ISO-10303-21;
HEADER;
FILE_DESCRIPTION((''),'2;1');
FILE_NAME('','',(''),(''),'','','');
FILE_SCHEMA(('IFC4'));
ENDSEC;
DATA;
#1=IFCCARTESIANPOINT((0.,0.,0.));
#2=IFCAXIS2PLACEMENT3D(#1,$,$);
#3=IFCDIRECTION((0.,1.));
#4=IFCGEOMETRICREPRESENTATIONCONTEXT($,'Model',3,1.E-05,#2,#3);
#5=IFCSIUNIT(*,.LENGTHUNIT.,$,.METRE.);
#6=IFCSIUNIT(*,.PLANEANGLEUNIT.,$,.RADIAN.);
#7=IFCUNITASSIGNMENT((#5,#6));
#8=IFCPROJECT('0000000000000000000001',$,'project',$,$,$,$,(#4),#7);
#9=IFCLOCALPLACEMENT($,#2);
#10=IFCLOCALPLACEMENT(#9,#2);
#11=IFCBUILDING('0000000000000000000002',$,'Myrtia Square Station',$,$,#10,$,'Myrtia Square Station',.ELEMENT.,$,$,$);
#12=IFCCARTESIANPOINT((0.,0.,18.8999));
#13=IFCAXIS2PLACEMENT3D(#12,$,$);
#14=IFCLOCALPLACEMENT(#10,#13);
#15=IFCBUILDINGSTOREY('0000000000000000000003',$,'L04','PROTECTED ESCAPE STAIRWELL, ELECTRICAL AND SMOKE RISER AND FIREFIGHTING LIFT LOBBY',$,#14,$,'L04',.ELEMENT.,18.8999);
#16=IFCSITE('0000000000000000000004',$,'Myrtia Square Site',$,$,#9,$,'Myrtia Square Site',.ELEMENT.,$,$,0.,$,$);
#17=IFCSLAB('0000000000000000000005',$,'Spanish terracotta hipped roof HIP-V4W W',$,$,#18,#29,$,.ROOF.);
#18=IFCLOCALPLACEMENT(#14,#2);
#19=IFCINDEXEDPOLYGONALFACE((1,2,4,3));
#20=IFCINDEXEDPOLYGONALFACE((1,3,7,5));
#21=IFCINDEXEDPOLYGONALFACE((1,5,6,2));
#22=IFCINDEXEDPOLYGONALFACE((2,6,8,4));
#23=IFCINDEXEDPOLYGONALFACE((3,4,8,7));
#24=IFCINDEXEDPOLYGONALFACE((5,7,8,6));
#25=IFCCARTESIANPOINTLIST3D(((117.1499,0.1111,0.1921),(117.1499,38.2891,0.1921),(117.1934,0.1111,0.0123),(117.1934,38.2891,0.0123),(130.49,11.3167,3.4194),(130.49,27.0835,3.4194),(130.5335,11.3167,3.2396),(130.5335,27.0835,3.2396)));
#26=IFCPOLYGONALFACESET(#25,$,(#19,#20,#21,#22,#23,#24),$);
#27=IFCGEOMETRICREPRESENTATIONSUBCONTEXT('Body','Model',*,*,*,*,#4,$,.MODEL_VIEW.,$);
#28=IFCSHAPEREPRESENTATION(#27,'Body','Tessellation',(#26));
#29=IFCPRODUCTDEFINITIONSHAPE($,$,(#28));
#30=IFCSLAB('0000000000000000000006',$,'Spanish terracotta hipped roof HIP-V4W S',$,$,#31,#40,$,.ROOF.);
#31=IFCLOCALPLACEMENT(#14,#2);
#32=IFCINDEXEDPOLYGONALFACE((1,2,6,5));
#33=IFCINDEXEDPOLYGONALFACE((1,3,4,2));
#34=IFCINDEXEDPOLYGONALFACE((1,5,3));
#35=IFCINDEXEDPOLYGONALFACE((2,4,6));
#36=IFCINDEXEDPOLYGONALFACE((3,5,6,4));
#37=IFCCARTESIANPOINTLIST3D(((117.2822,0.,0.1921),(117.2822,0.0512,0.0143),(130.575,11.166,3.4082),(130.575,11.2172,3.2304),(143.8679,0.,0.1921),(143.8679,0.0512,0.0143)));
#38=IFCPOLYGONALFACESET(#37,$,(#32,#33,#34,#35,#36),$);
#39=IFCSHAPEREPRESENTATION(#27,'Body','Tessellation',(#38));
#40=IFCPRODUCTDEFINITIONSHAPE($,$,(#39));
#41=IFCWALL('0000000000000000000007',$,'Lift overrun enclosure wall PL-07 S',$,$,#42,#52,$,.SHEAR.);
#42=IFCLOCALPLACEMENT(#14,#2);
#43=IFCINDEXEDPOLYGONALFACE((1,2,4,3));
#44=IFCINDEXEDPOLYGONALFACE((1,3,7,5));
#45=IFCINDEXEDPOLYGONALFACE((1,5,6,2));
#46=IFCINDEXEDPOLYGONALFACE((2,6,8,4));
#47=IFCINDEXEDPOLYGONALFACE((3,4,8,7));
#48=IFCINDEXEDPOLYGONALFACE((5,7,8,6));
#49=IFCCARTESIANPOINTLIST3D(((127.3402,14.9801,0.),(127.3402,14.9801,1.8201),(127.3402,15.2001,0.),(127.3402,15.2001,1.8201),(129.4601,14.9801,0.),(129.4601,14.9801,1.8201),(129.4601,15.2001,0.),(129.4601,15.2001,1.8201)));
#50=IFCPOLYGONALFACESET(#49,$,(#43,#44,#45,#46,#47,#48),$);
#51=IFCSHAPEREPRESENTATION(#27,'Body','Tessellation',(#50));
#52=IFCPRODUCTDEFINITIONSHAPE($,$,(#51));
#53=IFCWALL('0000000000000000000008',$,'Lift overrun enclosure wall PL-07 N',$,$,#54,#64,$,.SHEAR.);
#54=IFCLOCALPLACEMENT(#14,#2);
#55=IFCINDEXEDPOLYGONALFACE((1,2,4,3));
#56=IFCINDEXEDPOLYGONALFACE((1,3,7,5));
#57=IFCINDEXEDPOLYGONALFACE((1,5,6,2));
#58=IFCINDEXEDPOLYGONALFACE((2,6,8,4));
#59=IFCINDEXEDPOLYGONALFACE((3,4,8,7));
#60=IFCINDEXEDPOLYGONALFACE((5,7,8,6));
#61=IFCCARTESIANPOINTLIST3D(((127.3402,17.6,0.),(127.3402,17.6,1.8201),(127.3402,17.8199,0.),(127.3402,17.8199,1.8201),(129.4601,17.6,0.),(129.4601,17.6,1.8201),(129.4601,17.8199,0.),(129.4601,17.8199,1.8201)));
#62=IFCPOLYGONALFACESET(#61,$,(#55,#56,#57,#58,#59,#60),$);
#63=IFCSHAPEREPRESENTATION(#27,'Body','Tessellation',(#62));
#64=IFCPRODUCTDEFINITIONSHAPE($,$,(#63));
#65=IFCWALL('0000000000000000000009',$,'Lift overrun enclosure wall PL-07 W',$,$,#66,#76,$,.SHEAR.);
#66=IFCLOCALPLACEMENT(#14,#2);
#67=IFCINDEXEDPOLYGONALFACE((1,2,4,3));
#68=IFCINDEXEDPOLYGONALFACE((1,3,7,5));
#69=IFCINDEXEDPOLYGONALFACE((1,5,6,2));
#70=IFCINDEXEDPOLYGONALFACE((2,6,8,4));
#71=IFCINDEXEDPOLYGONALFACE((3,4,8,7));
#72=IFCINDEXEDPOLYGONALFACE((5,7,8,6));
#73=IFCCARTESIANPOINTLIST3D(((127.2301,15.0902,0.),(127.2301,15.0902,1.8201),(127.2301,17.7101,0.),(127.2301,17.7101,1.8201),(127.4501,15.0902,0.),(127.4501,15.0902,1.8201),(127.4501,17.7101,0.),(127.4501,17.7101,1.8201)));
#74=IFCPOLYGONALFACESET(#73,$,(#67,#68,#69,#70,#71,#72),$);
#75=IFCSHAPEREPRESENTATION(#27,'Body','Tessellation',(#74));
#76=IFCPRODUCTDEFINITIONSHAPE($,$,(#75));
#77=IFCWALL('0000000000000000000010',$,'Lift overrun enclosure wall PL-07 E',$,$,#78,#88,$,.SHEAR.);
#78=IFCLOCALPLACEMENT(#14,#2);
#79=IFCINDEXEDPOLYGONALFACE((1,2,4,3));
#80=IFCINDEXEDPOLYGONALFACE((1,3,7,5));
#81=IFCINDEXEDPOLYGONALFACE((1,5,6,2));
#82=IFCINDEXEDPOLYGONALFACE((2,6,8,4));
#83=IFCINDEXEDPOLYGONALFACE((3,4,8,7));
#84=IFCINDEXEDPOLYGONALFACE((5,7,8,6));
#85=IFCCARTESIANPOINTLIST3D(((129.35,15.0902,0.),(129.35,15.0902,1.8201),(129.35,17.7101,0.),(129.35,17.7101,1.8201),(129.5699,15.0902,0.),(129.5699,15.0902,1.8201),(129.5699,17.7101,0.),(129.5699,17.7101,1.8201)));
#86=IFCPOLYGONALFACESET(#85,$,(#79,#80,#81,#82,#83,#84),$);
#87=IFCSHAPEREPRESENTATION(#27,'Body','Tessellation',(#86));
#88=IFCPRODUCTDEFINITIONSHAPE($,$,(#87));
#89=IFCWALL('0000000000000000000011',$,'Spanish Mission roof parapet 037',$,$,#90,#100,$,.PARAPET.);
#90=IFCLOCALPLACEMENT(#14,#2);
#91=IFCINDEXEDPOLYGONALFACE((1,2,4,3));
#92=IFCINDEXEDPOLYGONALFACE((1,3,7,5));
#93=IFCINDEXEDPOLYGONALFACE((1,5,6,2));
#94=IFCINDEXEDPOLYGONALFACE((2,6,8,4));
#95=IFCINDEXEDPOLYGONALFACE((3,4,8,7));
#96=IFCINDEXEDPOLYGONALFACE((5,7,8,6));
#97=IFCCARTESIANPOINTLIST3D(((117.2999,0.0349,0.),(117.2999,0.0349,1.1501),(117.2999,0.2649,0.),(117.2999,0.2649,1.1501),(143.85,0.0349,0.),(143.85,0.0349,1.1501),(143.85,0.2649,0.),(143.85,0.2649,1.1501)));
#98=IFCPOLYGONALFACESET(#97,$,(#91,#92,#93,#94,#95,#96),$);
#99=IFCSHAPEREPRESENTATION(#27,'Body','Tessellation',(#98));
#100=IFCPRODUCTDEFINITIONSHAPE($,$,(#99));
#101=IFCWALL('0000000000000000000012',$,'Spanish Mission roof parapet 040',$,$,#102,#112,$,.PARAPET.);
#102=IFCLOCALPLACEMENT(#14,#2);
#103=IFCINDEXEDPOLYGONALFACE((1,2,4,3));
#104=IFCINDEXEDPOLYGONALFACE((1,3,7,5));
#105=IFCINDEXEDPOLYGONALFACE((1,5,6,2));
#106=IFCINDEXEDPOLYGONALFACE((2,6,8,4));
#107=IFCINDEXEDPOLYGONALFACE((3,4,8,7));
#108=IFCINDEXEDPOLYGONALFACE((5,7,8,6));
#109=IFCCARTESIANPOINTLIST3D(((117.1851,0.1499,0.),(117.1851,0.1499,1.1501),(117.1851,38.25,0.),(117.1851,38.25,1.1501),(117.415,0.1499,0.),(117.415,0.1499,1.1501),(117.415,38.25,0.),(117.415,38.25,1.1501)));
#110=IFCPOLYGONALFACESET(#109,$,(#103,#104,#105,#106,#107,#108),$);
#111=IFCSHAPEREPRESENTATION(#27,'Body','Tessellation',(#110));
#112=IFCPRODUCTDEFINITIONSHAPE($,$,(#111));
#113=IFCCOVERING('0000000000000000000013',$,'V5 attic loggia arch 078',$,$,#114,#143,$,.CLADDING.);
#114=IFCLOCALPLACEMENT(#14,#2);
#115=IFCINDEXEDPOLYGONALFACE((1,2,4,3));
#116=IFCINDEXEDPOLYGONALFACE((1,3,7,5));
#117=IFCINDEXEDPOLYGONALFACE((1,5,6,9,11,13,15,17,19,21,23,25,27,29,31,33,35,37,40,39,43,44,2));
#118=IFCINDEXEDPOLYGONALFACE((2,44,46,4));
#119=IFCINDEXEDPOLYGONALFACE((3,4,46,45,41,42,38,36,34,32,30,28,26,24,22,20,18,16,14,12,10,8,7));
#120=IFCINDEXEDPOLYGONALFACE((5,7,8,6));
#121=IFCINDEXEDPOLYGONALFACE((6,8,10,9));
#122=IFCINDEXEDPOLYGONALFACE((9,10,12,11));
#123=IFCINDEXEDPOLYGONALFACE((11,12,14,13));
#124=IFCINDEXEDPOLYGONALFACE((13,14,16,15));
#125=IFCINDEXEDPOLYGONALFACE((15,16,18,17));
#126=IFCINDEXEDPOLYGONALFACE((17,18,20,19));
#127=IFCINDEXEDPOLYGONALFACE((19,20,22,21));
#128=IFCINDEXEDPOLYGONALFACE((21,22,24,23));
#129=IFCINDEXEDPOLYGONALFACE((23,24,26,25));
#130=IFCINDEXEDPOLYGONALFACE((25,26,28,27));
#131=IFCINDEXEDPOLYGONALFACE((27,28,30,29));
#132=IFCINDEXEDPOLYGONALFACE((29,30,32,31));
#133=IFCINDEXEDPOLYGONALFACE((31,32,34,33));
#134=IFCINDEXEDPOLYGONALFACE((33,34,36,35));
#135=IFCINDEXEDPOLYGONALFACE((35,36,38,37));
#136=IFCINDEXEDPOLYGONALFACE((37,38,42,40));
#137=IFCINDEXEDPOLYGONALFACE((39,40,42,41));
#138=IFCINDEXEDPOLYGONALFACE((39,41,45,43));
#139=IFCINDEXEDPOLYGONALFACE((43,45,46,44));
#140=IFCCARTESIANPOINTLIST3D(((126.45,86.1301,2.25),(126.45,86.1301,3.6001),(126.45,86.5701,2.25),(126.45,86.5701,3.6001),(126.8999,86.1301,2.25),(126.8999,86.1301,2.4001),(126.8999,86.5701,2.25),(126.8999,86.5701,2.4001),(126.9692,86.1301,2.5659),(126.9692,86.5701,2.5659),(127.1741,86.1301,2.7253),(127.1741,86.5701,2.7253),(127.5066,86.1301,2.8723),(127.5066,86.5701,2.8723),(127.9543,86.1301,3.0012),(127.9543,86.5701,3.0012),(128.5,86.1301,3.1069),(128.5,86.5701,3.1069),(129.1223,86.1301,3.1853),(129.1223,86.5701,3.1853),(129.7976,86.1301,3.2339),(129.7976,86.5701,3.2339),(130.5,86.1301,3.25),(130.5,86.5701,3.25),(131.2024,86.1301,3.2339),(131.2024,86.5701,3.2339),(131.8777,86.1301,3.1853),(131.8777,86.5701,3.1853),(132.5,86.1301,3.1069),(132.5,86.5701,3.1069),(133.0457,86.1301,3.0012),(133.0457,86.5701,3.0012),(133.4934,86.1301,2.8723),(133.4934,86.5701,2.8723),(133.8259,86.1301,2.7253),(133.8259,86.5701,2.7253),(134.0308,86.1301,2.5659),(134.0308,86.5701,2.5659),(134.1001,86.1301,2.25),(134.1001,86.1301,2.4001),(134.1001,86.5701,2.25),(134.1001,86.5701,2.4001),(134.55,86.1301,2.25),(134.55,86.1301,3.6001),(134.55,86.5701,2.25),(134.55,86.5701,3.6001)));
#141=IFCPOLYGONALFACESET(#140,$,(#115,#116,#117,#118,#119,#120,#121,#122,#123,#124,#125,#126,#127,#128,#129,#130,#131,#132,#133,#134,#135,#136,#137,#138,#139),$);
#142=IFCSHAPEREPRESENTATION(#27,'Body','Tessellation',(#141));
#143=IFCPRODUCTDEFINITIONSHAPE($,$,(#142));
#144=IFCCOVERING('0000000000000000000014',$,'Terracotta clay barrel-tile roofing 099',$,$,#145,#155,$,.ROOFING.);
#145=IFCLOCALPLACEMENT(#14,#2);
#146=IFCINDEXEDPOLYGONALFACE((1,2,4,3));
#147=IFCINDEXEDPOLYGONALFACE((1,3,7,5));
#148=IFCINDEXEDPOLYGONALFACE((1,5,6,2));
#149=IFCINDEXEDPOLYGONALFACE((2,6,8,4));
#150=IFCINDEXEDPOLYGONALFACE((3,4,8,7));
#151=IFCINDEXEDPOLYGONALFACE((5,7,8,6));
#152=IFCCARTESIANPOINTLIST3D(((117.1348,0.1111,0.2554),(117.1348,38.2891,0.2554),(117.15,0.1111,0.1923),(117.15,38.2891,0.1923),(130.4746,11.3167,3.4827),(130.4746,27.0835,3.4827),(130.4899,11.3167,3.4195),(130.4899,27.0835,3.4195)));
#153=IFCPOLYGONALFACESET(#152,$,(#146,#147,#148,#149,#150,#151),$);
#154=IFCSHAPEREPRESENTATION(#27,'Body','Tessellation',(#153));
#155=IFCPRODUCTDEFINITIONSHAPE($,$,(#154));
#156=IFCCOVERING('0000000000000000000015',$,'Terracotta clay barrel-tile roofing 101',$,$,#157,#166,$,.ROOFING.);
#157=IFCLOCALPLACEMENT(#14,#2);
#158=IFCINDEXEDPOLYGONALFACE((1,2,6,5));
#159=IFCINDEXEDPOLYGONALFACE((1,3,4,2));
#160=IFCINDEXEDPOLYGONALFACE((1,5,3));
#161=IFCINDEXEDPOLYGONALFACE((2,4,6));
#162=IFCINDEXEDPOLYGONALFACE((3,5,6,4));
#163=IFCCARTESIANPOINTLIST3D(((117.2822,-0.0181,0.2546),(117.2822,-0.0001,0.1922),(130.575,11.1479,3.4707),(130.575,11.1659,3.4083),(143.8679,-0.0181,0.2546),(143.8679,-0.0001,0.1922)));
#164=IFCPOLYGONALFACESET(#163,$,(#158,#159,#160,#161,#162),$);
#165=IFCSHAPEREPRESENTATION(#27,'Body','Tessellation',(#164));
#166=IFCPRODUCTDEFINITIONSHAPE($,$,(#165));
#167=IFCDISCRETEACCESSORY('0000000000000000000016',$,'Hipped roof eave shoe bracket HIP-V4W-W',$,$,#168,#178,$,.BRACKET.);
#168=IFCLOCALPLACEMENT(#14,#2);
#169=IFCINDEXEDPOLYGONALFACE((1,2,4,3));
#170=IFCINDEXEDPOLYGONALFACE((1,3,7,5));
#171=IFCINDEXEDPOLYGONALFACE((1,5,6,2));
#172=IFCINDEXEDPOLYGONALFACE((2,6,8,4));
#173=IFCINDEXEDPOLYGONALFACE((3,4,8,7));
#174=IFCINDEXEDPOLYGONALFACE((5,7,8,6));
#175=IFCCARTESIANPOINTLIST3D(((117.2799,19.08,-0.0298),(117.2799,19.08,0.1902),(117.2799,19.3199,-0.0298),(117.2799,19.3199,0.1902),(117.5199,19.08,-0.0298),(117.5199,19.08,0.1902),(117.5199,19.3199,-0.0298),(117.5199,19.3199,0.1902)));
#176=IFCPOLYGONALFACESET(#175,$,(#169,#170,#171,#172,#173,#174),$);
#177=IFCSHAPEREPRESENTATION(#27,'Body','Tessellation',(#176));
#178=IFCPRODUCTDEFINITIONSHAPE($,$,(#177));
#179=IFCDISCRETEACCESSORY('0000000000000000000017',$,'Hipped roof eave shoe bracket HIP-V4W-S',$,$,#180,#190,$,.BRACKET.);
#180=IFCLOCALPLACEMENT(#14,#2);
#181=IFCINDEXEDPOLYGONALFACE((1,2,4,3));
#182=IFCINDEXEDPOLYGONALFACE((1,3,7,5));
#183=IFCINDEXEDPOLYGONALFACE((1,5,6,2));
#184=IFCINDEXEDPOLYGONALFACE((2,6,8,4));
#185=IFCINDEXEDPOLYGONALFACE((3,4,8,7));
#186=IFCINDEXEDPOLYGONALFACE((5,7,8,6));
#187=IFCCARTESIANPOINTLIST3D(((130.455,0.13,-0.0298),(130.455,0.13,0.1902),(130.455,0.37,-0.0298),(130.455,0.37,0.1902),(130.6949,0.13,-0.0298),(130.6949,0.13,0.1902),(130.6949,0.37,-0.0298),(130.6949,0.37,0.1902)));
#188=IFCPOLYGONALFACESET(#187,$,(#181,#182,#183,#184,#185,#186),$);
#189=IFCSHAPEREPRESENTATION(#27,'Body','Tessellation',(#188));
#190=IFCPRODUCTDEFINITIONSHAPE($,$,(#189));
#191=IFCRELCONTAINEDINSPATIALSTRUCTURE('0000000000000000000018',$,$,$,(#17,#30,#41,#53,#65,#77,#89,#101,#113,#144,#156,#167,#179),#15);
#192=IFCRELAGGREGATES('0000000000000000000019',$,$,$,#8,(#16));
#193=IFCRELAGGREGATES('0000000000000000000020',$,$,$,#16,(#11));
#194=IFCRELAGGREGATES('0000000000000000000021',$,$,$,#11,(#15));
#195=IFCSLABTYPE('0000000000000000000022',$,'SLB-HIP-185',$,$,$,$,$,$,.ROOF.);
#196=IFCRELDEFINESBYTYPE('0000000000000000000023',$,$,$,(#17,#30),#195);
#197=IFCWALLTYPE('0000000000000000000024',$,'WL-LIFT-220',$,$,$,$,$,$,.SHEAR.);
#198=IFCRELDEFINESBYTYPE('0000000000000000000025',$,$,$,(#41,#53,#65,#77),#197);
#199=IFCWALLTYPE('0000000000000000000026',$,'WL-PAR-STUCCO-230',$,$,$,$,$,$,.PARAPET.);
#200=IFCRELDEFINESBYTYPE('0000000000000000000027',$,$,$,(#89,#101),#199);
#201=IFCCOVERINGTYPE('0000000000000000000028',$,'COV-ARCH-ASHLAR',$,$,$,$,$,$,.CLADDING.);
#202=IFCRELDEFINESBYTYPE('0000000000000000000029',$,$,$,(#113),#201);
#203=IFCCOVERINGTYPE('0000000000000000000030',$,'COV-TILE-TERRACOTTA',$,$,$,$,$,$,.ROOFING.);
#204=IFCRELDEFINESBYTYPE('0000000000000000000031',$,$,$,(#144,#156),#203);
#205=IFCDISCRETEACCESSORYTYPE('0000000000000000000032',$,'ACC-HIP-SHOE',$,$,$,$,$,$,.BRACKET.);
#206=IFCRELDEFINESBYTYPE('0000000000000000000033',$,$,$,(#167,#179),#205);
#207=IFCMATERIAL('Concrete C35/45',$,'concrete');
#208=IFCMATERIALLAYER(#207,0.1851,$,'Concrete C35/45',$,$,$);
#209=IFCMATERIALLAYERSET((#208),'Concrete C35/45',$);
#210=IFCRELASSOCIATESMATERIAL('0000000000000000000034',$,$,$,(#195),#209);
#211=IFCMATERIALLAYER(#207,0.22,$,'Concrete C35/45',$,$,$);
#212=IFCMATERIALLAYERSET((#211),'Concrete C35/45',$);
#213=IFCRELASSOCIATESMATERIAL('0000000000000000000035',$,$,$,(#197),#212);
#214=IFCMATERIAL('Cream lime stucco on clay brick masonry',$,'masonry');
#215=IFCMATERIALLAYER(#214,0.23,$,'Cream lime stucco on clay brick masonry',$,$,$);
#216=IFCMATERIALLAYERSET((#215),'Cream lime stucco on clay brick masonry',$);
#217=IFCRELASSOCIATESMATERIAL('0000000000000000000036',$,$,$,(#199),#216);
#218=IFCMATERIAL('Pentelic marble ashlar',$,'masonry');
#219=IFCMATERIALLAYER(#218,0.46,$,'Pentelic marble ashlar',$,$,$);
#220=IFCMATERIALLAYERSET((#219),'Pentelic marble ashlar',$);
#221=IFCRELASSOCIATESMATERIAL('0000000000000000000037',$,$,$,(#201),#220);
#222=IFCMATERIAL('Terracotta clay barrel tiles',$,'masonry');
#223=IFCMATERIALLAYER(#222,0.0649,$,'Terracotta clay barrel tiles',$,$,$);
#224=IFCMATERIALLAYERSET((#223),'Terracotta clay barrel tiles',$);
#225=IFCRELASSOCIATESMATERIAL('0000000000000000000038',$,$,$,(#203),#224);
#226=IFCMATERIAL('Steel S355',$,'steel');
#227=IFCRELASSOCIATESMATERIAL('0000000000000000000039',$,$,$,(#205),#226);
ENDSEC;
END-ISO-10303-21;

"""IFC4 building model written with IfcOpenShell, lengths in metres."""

from ifc_helpers import new_model, si_unit, direction, frame, frame_2d, origin, origin_2d, place, context, subcontext, project, spatial, polyline, rectangle, outline, extrude, material, layer, layer_set, type_object, element, save


model = new_model("IFC4")

# Units and contexts
model_context = context("Model", 3, precision=1e-05, world=origin(), true_north=direction((0.0, 1.0)))
body_context = subcontext(model_context, "Body", "Model", "MODEL_VIEW")
ifc_project = project(units=[si_unit("LENGTHUNIT", "METRE"), si_unit("PLANEANGLEUNIT", "RADIAN")], contexts=[model_context])

# Site, building, storey
site_placement = place(None, origin())
site = spatial("IfcSite", under=ifc_project, at=site_placement, Name="Myrtia Square Site", LongName="Myrtia Square Site", CompositionType="ELEMENT", RefElevation=0.0)
building_placement = place(site_placement, origin())
building = spatial("IfcBuilding", under=site, at=building_placement, Name="Myrtia Square Station", LongName="Myrtia Square Station", CompositionType="ELEMENT")
storey_placement = place(building_placement, frame((0.0, 0.0, 18.8999)))
storey = spatial("IfcBuildingStorey", under=building, at=storey_placement, Name="L04", Description="PROTECTED ESCAPE STAIRWELL, ELECTRICAL AND SMOKE RISER AND FIREFIGHTING LIFT LOBBY", LongName="L04", CompositionType="ELEMENT", Elevation=18.8999)

# Shared definitions
ifc_material_1 = material(Name="Steel S355", Category="steel")

# Slabs
ifc_material_2 = material(Name="Concrete C35/45", Category="concrete")
ifc_layer_1 = layer(ifc_material_2, 0.1851, Name="Concrete C35/45")
ifc_layer_set_1 = layer_set([ifc_layer_1], Name="Concrete C35/45")
slab_type = type_object("IfcSlabType", Name="SLB-HIP-185", PredefinedType="ROOF", material=ifc_layer_set_1)
slab_1_placement = place(storey_placement, frame((117.1499, 38.2891, 0.1921), z_axis=(-0.235141, 0.0, 0.971961), x_axis=(0.0, -1.0, 0.0)))
element("IfcSlab", 1, at=slab_1_placement, inside=storey, type_object=slab_type, Name="Spanish terracotta hipped roof HIP-V4W W", PredefinedType="ROOF", context=body_context, shape_type="SweptSolid", body=[
    extrude(outline(polyline([(0.0, 0.0), (38.178, 0.0), (26.9724, 13.7249), (11.2056, 13.7249), (0.0, 0.0)])), origin(), (0.0, 0.0, -1.0), 0.1851),
])
slab_2_placement = place(storey_placement, frame((117.2822, 0.0, 0.1921), z_axis=(0.0, -0.276771, 0.960936), x_axis=(1.0, 0.0, 0.0)))
element("IfcSlab", 2, at=slab_2_placement, inside=storey, type_object=slab_type, Name="Spanish terracotta hipped roof HIP-V4W S", PredefinedType="ROOF", context=body_context, shape_type="SweptSolid", body=[
    extrude(outline(polyline([(0.0, 0.0), (26.5857, 0.0), (13.2927, 11.6199), (0.0, 0.0)])), origin(), (0.0, 0.0, -1.0), 0.1851),
])

# Walls
ifc_layer_2 = layer(ifc_material_2, 0.22, Name="Concrete C35/45")
ifc_layer_set_2 = layer_set([ifc_layer_2], Name="Concrete C35/45")
wall_type_1 = type_object("IfcWallType", Name="WL-LIFT-220", PredefinedType="SHEAR", material=ifc_layer_set_2)
for number, where, z_axis, x_axis, name in (
    (3, (127.3401, 15.0901, 0.0), (0.0, 0.0, 1.0), (1.0, 0.0, 0.0), "Lift overrun enclosure wall PL-07 S"),
    (4, (127.3401, 17.71, 0.0), (0.0, 0.0, 1.0), (1.0, 0.0, 0.0), "Lift overrun enclosure wall PL-07 N"),
):
    element("IfcWall", number, at=place(storey_placement, frame(where, z_axis=z_axis, x_axis=x_axis)), inside=storey, type_object=wall_type_1, Name=name, PredefinedType="SHEAR", context=body_context, shape_type="SweptSolid", body=[
        extrude(rectangle(XDim=2.1199, YDim=0.22, at=frame_2d((1.0601, 0.0))), origin(), (0.0, 0.0, 1.0), 1.8201),
    ])
for number, where, z_axis, x_axis, name in (
    (5, (127.3401, 15.0901, 0.0), (0.0, 0.0, 1.0), (0.0, 1.0, 0.0), "Lift overrun enclosure wall PL-07 W"),
    (6, (129.46, 15.0901, 0.0), (0.0, 0.0, 1.0), (0.0, 1.0, 0.0), "Lift overrun enclosure wall PL-07 E"),
):
    element("IfcWall", number, at=place(storey_placement, frame(where, z_axis=z_axis, x_axis=x_axis)), inside=storey, type_object=wall_type_1, Name=name, PredefinedType="SHEAR", context=body_context, shape_type="SweptSolid", body=[
        extrude(rectangle(XDim=2.6199, YDim=0.22, at=frame_2d((1.3101, 0.0))), origin(), (0.0, 0.0, 1.0), 1.8201),
    ])
ifc_material_3 = material(Name="Cream lime stucco on clay brick masonry", Category="masonry")
ifc_layer_3 = layer(ifc_material_3, 0.23, Name="Cream lime stucco on clay brick masonry")
ifc_layer_set_3 = layer_set([ifc_layer_3], Name="Cream lime stucco on clay brick masonry")
wall_type_2 = type_object("IfcWallType", Name="WL-PAR-STUCCO-230", PredefinedType="PARAPET", material=ifc_layer_set_3)
wall_1_placement = place(storey_placement, frame((117.3, 0.1499, 0.0), z_axis=(0.0, 0.0, 1.0), x_axis=(1.0, 0.0, 0.0)))
element("IfcWall", 7, at=wall_1_placement, inside=storey, type_object=wall_type_2, Name="Spanish Mission roof parapet 037", PredefinedType="PARAPET", context=body_context, shape_type="SweptSolid", body=[
    extrude(rectangle(XDim=26.55, YDim=0.23, at=frame_2d((13.2749, 0.0))), origin(), (0.0, 0.0, 1.0), 1.1501),
])
wall_2_placement = place(storey_placement, frame((117.3, 38.25, 0.0), z_axis=(0.0, 0.0, 1.0), x_axis=(0.0, -1.0, 0.0)))
element("IfcWall", 8, at=wall_2_placement, inside=storey, type_object=wall_type_2, Name="Spanish Mission roof parapet 040", PredefinedType="PARAPET", context=body_context, shape_type="SweptSolid", body=[
    extrude(rectangle(XDim=38.1001, YDim=0.23, at=frame_2d((19.05, 0.0))), origin(), (0.0, 0.0, 1.0), 1.1501),
])

# Coverings
ifc_material_4 = material(Name="Pentelic marble ashlar", Category="masonry")
ifc_layer_4 = layer(ifc_material_4, 0.46, Name="Pentelic marble ashlar")
ifc_layer_set_4 = layer_set([ifc_layer_4], Name="Pentelic marble ashlar")
covering_type_1 = type_object("IfcCoveringType", Name="COV-ARCH-ASHLAR", PredefinedType="CLADDING", material=ifc_layer_set_4)
covering_1_placement = place(storey_placement, frame((126.45, 86.3501, 2.25), z_axis=(0.0, 0.0, 1.0), x_axis=(1.0, 0.0, 0.0)))
element("IfcCovering", 9, at=covering_1_placement, inside=storey, type_object=covering_type_1, Name="V5 attic loggia arch 078", PredefinedType="CLADDING", context=body_context, shape_type="SweptSolid", body=[
    extrude(outline(polyline([(0.0, 0.0), (0.45, 0.0), (0.45, 0.1501), (0.5193, 0.3159), (0.7241, 0.4753), (1.0566, 0.6223), (1.5044, 0.7512), (2.05, 0.8569), (2.6724, 0.9353), (3.3477, 0.9839), (4.05, 1.0), (4.7524, 0.9839), (5.4277, 0.9353), (6.05, 0.8569), (6.5957, 0.7512), (7.0435, 0.6223), (7.376, 0.4753), (7.5808, 0.3159), (7.6501, 0.1501), (7.6501, 0.0), (8.1001, 0.0), (8.1001, 1.3501), (0.0, 1.3501), (0.0, 0.0)])), frame((0.0, 0.22, 0.0), z_axis=(0.0, -1.0, 0.0), x_axis=(1.0, 0.0, 0.0)), (0.0, 0.0, 1.0), 0.4399),
])
ifc_material_5 = material(Name="Terracotta clay barrel tiles", Category="masonry")
ifc_layer_5 = layer(ifc_material_5, 0.0649, Name="Terracotta clay barrel tiles")
ifc_layer_set_5 = layer_set([ifc_layer_5], Name="Terracotta clay barrel tiles")
covering_type_2 = type_object("IfcCoveringType", Name="COV-TILE-TERRACOTTA", PredefinedType="ROOFING", material=ifc_layer_set_5)
covering_2_placement = place(storey_placement, frame((117.1348, 38.2891, 0.2554), z_axis=(-0.235145, 0.0, 0.97196), x_axis=(0.0, -1.0, 0.0)))
element("IfcCovering", 10, at=covering_2_placement, inside=storey, type_object=covering_type_2, Name="Terracotta clay barrel-tile roofing 099", PredefinedType="ROOFING", context=body_context, shape_type="SweptSolid", body=[
    extrude(outline(polyline([(0.0, 0.0), (38.178, 0.0), (26.9724, 13.7247), (11.2056, 13.7247), (0.0, 0.0)])), origin(), (0.0, 0.0, -1.0), 0.0649),
])
covering_3_placement = place(storey_placement, frame((117.2822, -0.0181, 0.2546), z_axis=(0.0, -0.276771, 0.960936), x_axis=(1.0, 0.0, 0.0)))
element("IfcCovering", 11, at=covering_3_placement, inside=storey, type_object=covering_type_2, Name="Terracotta clay barrel-tile roofing 101", PredefinedType="ROOFING", context=body_context, shape_type="SweptSolid", body=[
    extrude(outline(polyline([(0.0, 0.0), (26.5857, 0.0), (13.2927, 11.6199), (0.0, 0.0)])), origin(), (0.0, 0.0, -1.0), 0.0649),
])

# Discrete accessories
discrete_accessory_type = type_object("IfcDiscreteAccessoryType", Name="ACC-HIP-SHOE", PredefinedType="BRACKET", material=ifc_material_1)
for number, where, z_axis, x_axis, name in (
    (12, (117.3999, 19.2, -0.0298), (0.0, 0.0, 1.0), (1.0, 0.0, 0.0), "Hipped roof eave shoe bracket HIP-V4W-W"),
    (13, (130.575, 0.25, -0.0298), (0.0, 0.0, 1.0), (1.0, 0.0, 0.0), "Hipped roof eave shoe bracket HIP-V4W-S"),
):
    element("IfcDiscreteAccessory", number, at=place(storey_placement, frame(where, z_axis=z_axis, x_axis=x_axis)), inside=storey, type_object=discrete_accessory_type, Name=name, PredefinedType="BRACKET", context=body_context, shape_type="SweptSolid", body=[
        extrude(rectangle(XDim=0.24, YDim=0.24, at=origin_2d()), origin(), (0.0, 0.0, 1.0), 0.22),
    ])

save(model, "model.ifc")
